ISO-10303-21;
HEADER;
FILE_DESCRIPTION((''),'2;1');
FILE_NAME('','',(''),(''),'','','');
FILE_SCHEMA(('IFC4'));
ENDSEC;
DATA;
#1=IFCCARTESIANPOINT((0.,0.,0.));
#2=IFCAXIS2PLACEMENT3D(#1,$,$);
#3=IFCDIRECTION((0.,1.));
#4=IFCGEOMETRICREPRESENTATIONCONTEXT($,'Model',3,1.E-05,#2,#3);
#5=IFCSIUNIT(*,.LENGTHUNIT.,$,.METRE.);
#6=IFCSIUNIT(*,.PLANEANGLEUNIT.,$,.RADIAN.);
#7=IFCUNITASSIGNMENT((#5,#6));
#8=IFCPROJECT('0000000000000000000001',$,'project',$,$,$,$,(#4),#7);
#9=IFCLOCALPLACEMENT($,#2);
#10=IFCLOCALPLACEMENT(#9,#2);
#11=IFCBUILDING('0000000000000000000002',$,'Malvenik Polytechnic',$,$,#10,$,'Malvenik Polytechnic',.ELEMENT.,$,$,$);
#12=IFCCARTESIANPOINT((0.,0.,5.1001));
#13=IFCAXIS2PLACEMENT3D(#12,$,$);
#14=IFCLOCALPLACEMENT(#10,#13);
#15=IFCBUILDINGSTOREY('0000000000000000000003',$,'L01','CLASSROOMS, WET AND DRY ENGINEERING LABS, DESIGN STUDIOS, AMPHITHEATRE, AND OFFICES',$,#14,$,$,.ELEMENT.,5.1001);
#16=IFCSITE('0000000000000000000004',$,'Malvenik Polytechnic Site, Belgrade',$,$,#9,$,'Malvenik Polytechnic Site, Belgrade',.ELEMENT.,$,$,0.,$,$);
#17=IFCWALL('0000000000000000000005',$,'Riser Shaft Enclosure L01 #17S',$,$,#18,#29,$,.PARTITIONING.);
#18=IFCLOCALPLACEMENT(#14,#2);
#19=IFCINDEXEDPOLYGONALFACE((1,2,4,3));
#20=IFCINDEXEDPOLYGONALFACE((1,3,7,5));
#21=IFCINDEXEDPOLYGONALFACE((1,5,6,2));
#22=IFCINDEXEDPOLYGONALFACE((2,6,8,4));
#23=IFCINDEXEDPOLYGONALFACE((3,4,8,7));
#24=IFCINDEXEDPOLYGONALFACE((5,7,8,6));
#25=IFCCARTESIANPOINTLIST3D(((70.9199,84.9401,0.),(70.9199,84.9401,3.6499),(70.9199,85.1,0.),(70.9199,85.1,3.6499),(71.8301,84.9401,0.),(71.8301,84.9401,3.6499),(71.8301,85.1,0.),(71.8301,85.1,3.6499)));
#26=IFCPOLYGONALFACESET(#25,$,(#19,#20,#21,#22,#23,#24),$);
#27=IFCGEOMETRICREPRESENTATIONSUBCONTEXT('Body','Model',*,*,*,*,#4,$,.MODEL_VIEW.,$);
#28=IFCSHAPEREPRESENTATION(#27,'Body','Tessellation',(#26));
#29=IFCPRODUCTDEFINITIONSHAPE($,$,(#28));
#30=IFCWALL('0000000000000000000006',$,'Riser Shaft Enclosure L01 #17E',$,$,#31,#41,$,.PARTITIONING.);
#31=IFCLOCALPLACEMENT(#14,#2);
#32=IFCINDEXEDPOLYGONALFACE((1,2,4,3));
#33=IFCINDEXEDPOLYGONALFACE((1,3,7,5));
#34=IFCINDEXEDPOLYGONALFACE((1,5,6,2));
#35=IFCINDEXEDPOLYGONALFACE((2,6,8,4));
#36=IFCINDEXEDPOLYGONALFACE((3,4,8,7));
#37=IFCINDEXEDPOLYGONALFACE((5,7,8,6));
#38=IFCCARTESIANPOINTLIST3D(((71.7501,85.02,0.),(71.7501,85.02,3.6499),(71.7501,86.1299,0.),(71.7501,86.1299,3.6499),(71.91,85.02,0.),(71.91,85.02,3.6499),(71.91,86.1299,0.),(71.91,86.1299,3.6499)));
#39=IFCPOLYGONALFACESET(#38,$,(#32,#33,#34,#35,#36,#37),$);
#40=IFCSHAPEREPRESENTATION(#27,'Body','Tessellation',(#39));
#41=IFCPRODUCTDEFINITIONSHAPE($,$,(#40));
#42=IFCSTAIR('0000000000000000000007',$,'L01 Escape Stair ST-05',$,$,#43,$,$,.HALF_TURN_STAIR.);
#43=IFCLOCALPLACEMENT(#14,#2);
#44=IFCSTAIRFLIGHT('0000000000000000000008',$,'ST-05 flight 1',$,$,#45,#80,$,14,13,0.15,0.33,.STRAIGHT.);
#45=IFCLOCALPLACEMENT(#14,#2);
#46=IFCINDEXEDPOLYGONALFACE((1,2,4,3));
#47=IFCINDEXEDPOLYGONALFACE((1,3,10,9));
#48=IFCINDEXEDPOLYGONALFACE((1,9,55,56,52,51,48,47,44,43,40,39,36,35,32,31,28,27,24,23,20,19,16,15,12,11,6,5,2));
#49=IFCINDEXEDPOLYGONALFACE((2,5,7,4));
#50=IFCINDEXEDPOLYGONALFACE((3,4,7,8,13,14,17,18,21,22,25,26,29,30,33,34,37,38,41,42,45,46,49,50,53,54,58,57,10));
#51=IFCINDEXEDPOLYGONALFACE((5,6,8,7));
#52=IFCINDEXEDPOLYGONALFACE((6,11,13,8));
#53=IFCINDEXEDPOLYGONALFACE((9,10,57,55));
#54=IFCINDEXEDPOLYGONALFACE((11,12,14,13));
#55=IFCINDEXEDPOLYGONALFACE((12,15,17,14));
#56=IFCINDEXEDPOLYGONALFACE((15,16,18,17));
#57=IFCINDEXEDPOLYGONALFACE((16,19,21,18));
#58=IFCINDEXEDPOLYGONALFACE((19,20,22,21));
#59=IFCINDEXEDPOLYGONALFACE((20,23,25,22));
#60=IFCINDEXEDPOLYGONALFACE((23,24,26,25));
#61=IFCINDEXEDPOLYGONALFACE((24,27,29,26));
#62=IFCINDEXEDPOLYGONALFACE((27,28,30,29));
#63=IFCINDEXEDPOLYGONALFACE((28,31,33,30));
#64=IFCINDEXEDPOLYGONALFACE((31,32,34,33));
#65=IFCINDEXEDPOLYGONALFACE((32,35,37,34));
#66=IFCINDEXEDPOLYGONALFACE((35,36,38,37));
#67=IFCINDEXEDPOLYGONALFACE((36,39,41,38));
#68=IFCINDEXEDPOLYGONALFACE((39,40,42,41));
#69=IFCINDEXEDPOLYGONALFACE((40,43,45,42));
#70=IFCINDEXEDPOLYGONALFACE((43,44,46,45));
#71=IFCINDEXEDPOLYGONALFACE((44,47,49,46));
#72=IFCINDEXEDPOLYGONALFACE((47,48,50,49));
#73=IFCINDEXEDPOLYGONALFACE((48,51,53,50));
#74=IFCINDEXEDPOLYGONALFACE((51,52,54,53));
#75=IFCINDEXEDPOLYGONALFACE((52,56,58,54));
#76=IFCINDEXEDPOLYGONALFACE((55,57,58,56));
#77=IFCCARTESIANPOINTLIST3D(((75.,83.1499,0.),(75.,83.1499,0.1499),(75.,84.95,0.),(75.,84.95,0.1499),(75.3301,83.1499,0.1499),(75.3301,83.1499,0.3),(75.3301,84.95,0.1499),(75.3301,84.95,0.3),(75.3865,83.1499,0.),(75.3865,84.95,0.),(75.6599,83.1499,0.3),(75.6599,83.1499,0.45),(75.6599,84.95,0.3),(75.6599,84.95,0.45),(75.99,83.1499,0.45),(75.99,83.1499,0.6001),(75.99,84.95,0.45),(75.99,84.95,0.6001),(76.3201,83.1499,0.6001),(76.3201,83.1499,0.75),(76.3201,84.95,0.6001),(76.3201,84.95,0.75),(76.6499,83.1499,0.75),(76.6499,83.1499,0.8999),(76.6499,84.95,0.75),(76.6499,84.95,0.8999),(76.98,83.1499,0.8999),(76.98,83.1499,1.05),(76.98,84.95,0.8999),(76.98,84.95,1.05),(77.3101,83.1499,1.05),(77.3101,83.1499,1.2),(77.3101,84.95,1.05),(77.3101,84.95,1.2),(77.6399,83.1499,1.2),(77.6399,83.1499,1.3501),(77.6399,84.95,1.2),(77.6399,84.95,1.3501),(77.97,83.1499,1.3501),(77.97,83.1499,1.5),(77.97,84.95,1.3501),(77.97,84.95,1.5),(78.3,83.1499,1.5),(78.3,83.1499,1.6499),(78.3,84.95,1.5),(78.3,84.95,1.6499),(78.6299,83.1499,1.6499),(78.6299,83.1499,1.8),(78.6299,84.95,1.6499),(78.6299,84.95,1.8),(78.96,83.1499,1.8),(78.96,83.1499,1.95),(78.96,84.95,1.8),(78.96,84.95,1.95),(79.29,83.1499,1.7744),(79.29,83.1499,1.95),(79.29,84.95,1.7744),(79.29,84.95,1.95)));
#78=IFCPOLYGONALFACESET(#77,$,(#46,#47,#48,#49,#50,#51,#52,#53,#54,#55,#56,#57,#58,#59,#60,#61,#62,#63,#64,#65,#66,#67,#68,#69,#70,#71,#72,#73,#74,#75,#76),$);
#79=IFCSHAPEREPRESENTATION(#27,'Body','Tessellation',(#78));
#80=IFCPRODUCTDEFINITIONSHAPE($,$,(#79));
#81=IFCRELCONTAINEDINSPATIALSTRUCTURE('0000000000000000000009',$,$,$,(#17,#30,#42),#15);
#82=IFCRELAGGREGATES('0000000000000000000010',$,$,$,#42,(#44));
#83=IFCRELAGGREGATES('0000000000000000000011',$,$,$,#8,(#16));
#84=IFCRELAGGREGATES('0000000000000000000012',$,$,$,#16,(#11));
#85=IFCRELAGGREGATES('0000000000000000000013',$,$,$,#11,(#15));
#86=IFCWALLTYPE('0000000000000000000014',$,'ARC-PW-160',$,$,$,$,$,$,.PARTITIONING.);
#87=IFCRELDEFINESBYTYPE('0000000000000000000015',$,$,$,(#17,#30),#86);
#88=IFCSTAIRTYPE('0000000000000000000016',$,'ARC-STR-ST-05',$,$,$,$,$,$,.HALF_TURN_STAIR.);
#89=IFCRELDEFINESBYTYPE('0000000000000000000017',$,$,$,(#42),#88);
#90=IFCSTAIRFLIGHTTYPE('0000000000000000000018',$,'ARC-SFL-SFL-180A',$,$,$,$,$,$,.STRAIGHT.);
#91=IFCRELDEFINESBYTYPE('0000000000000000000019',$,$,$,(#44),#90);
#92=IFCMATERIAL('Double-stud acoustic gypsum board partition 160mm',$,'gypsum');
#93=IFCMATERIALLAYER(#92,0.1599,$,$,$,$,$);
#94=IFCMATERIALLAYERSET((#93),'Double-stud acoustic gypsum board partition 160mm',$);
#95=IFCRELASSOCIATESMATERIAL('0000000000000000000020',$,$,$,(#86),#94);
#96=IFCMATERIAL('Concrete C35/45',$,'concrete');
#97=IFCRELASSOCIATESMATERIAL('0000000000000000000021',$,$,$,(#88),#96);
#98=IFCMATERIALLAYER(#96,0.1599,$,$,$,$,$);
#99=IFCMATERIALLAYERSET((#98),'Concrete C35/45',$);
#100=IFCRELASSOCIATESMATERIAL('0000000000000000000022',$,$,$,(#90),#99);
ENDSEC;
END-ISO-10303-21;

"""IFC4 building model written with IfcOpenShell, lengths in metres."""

from ifc_helpers import new_model, si_unit, direction, frame, frame_2d, origin, place, context, subcontext, project, spatial, polyline, rectangle, outline, extrude, material, layer, layer_set, type_object, element, aggregate, save


model = new_model("IFC4")

# Units and contexts
model_context = context("Model", 3, precision=1e-05, world=origin(), true_north=direction((0.0, 1.0)))
body_context = subcontext(model_context, "Body", "Model", "MODEL_VIEW")
ifc_project = project(units=[si_unit("LENGTHUNIT", "METRE"), si_unit("PLANEANGLEUNIT", "RADIAN")], contexts=[model_context])

# Site, building, storey
site_placement = place(None, origin())
site = spatial("IfcSite", under=ifc_project, at=site_placement, Name="Malvenik Polytechnic Site, Belgrade", LongName="Malvenik Polytechnic Site, Belgrade", CompositionType="ELEMENT", RefElevation=0.0)
building_placement = place(site_placement, origin())
building = spatial("IfcBuilding", under=site, at=building_placement, Name="Malvenik Polytechnic", LongName="Malvenik Polytechnic", CompositionType="ELEMENT")
storey_placement = place(building_placement, frame((0.0, 0.0, 5.1001)))
storey = spatial("IfcBuildingStorey", under=building, at=storey_placement, Name="L01", Description="CLASSROOMS, WET AND DRY ENGINEERING LABS, DESIGN STUDIOS, AMPHITHEATRE, AND OFFICES", CompositionType="ELEMENT", Elevation=5.1001)

# Walls
ifc_material_1 = material(Name="Concrete C35/45", Category="concrete")
ifc_material_2 = material(Name="Double-stud acoustic gypsum board partition 160mm", Category="gypsum")
ifc_layer_1 = layer(ifc_material_2, 0.1599)
ifc_layer_set_1 = layer_set([ifc_layer_1], Name="Double-stud acoustic gypsum board partition 160mm")
wall_type_1 = type_object("IfcWallType", Name="ARC-PW-160", PredefinedType="PARTITIONING", material=ifc_layer_set_1)
wall_1_placement = place(storey_placement, frame((70.9199, 85.02, 0.0), z_axis=(0.0, 0.0, 1.0), x_axis=(1.0, 0.0, 0.0)))
element("IfcWall", 1, at=wall_1_placement, inside=storey, type_object=wall_type_1, Name="Riser Shaft Enclosure L01 #17S", PredefinedType="PARTITIONING", context=body_context, shape_type="SweptSolid", body=[
    extrude(rectangle(XDim=0.9102, YDim=0.1599, at=frame_2d((0.4551, 0.0))), origin(), (0.0, 0.0, 1.0), 3.6499),
])
wall_2_placement = place(storey_placement, frame((71.8301, 85.02, 0.0), z_axis=(0.0, 0.0, 1.0), x_axis=(0.0, 1.0, 0.0)))
element("IfcWall", 2, at=wall_2_placement, inside=storey, type_object=wall_type_1, Name="Riser Shaft Enclosure L01 #17E", PredefinedType="PARTITIONING", context=body_context, shape_type="SweptSolid", body=[
    extrude(rectangle(XDim=1.1099, YDim=0.1599, at=frame_2d((0.5549, 0.0))), origin(), (0.0, 0.0, 1.0), 3.6499),
])

# Stair, stair flight
stair_type = type_object("IfcStairType", Name="ARC-STR-ST-05", PredefinedType="HALF_TURN_STAIR", material=ifc_material_1)
stair_placement = place(storey_placement, origin())
stair = element("IfcStair", 3, at=stair_placement, inside=storey, type_object=stair_type, Name="L01 Escape Stair ST-05", PredefinedType="HALF_TURN_STAIR")
ifc_layer_2 = layer(ifc_material_1, 0.1599)
ifc_layer_set_2 = layer_set([ifc_layer_2], Name="Concrete C35/45")
stair_flight_type = type_object("IfcStairFlightType", Name="ARC-SFL-SFL-180A", PredefinedType="STRAIGHT", material=ifc_layer_set_2)
stair_flight_placement = place(storey_placement, frame((75.0, 84.05, 0.0), z_axis=(0.0, 0.0, 1.0), x_axis=(1.0, 0.0, 0.0)))
stair_flight = element("IfcStairFlight", 4, at=stair_flight_placement, type_object=stair_flight_type, Name="ST-05 flight 1", NumberOfRisers=14, NumberOfTreads=13, PredefinedType="STRAIGHT", RiserHeight=0.15, TreadLength=0.33, context=body_context, shape_type="SweptSolid", body=[
    extrude(outline(polyline([(0.0, 0.0), (0.0, 0.1499), (0.3301, 0.1499), (0.3301, 0.3), (0.6599, 0.3), (0.6599, 0.45), (0.99, 0.45), (0.99, 0.6001), (1.3201, 0.6001), (1.3201, 0.75), (1.6499, 0.75), (1.6499, 0.8999), (1.98, 0.8999), (1.98, 1.05), (2.3101, 1.05), (2.3101, 1.2), (2.6399, 1.2), (2.6399, 1.3501), (2.97, 1.3501), (2.97, 1.5), (3.3, 1.5), (3.3, 1.6499), (3.6299, 1.6499), (3.6299, 1.8), (3.96, 1.8), (3.96, 1.95), (4.29, 1.95), (4.29, 2.1001), (4.29, 1.7744), (0.3865, 0.0), (0.0, 0.0)])), frame((0.0, 0.8999, 0.0), z_axis=(0.0, -1.0, 0.0), x_axis=(1.0, 0.0, 0.0)), (0.0, 0.0, 1.0), 1.8),
])
aggregate(stair, [stair_flight])

save(model, "model.ifc")
